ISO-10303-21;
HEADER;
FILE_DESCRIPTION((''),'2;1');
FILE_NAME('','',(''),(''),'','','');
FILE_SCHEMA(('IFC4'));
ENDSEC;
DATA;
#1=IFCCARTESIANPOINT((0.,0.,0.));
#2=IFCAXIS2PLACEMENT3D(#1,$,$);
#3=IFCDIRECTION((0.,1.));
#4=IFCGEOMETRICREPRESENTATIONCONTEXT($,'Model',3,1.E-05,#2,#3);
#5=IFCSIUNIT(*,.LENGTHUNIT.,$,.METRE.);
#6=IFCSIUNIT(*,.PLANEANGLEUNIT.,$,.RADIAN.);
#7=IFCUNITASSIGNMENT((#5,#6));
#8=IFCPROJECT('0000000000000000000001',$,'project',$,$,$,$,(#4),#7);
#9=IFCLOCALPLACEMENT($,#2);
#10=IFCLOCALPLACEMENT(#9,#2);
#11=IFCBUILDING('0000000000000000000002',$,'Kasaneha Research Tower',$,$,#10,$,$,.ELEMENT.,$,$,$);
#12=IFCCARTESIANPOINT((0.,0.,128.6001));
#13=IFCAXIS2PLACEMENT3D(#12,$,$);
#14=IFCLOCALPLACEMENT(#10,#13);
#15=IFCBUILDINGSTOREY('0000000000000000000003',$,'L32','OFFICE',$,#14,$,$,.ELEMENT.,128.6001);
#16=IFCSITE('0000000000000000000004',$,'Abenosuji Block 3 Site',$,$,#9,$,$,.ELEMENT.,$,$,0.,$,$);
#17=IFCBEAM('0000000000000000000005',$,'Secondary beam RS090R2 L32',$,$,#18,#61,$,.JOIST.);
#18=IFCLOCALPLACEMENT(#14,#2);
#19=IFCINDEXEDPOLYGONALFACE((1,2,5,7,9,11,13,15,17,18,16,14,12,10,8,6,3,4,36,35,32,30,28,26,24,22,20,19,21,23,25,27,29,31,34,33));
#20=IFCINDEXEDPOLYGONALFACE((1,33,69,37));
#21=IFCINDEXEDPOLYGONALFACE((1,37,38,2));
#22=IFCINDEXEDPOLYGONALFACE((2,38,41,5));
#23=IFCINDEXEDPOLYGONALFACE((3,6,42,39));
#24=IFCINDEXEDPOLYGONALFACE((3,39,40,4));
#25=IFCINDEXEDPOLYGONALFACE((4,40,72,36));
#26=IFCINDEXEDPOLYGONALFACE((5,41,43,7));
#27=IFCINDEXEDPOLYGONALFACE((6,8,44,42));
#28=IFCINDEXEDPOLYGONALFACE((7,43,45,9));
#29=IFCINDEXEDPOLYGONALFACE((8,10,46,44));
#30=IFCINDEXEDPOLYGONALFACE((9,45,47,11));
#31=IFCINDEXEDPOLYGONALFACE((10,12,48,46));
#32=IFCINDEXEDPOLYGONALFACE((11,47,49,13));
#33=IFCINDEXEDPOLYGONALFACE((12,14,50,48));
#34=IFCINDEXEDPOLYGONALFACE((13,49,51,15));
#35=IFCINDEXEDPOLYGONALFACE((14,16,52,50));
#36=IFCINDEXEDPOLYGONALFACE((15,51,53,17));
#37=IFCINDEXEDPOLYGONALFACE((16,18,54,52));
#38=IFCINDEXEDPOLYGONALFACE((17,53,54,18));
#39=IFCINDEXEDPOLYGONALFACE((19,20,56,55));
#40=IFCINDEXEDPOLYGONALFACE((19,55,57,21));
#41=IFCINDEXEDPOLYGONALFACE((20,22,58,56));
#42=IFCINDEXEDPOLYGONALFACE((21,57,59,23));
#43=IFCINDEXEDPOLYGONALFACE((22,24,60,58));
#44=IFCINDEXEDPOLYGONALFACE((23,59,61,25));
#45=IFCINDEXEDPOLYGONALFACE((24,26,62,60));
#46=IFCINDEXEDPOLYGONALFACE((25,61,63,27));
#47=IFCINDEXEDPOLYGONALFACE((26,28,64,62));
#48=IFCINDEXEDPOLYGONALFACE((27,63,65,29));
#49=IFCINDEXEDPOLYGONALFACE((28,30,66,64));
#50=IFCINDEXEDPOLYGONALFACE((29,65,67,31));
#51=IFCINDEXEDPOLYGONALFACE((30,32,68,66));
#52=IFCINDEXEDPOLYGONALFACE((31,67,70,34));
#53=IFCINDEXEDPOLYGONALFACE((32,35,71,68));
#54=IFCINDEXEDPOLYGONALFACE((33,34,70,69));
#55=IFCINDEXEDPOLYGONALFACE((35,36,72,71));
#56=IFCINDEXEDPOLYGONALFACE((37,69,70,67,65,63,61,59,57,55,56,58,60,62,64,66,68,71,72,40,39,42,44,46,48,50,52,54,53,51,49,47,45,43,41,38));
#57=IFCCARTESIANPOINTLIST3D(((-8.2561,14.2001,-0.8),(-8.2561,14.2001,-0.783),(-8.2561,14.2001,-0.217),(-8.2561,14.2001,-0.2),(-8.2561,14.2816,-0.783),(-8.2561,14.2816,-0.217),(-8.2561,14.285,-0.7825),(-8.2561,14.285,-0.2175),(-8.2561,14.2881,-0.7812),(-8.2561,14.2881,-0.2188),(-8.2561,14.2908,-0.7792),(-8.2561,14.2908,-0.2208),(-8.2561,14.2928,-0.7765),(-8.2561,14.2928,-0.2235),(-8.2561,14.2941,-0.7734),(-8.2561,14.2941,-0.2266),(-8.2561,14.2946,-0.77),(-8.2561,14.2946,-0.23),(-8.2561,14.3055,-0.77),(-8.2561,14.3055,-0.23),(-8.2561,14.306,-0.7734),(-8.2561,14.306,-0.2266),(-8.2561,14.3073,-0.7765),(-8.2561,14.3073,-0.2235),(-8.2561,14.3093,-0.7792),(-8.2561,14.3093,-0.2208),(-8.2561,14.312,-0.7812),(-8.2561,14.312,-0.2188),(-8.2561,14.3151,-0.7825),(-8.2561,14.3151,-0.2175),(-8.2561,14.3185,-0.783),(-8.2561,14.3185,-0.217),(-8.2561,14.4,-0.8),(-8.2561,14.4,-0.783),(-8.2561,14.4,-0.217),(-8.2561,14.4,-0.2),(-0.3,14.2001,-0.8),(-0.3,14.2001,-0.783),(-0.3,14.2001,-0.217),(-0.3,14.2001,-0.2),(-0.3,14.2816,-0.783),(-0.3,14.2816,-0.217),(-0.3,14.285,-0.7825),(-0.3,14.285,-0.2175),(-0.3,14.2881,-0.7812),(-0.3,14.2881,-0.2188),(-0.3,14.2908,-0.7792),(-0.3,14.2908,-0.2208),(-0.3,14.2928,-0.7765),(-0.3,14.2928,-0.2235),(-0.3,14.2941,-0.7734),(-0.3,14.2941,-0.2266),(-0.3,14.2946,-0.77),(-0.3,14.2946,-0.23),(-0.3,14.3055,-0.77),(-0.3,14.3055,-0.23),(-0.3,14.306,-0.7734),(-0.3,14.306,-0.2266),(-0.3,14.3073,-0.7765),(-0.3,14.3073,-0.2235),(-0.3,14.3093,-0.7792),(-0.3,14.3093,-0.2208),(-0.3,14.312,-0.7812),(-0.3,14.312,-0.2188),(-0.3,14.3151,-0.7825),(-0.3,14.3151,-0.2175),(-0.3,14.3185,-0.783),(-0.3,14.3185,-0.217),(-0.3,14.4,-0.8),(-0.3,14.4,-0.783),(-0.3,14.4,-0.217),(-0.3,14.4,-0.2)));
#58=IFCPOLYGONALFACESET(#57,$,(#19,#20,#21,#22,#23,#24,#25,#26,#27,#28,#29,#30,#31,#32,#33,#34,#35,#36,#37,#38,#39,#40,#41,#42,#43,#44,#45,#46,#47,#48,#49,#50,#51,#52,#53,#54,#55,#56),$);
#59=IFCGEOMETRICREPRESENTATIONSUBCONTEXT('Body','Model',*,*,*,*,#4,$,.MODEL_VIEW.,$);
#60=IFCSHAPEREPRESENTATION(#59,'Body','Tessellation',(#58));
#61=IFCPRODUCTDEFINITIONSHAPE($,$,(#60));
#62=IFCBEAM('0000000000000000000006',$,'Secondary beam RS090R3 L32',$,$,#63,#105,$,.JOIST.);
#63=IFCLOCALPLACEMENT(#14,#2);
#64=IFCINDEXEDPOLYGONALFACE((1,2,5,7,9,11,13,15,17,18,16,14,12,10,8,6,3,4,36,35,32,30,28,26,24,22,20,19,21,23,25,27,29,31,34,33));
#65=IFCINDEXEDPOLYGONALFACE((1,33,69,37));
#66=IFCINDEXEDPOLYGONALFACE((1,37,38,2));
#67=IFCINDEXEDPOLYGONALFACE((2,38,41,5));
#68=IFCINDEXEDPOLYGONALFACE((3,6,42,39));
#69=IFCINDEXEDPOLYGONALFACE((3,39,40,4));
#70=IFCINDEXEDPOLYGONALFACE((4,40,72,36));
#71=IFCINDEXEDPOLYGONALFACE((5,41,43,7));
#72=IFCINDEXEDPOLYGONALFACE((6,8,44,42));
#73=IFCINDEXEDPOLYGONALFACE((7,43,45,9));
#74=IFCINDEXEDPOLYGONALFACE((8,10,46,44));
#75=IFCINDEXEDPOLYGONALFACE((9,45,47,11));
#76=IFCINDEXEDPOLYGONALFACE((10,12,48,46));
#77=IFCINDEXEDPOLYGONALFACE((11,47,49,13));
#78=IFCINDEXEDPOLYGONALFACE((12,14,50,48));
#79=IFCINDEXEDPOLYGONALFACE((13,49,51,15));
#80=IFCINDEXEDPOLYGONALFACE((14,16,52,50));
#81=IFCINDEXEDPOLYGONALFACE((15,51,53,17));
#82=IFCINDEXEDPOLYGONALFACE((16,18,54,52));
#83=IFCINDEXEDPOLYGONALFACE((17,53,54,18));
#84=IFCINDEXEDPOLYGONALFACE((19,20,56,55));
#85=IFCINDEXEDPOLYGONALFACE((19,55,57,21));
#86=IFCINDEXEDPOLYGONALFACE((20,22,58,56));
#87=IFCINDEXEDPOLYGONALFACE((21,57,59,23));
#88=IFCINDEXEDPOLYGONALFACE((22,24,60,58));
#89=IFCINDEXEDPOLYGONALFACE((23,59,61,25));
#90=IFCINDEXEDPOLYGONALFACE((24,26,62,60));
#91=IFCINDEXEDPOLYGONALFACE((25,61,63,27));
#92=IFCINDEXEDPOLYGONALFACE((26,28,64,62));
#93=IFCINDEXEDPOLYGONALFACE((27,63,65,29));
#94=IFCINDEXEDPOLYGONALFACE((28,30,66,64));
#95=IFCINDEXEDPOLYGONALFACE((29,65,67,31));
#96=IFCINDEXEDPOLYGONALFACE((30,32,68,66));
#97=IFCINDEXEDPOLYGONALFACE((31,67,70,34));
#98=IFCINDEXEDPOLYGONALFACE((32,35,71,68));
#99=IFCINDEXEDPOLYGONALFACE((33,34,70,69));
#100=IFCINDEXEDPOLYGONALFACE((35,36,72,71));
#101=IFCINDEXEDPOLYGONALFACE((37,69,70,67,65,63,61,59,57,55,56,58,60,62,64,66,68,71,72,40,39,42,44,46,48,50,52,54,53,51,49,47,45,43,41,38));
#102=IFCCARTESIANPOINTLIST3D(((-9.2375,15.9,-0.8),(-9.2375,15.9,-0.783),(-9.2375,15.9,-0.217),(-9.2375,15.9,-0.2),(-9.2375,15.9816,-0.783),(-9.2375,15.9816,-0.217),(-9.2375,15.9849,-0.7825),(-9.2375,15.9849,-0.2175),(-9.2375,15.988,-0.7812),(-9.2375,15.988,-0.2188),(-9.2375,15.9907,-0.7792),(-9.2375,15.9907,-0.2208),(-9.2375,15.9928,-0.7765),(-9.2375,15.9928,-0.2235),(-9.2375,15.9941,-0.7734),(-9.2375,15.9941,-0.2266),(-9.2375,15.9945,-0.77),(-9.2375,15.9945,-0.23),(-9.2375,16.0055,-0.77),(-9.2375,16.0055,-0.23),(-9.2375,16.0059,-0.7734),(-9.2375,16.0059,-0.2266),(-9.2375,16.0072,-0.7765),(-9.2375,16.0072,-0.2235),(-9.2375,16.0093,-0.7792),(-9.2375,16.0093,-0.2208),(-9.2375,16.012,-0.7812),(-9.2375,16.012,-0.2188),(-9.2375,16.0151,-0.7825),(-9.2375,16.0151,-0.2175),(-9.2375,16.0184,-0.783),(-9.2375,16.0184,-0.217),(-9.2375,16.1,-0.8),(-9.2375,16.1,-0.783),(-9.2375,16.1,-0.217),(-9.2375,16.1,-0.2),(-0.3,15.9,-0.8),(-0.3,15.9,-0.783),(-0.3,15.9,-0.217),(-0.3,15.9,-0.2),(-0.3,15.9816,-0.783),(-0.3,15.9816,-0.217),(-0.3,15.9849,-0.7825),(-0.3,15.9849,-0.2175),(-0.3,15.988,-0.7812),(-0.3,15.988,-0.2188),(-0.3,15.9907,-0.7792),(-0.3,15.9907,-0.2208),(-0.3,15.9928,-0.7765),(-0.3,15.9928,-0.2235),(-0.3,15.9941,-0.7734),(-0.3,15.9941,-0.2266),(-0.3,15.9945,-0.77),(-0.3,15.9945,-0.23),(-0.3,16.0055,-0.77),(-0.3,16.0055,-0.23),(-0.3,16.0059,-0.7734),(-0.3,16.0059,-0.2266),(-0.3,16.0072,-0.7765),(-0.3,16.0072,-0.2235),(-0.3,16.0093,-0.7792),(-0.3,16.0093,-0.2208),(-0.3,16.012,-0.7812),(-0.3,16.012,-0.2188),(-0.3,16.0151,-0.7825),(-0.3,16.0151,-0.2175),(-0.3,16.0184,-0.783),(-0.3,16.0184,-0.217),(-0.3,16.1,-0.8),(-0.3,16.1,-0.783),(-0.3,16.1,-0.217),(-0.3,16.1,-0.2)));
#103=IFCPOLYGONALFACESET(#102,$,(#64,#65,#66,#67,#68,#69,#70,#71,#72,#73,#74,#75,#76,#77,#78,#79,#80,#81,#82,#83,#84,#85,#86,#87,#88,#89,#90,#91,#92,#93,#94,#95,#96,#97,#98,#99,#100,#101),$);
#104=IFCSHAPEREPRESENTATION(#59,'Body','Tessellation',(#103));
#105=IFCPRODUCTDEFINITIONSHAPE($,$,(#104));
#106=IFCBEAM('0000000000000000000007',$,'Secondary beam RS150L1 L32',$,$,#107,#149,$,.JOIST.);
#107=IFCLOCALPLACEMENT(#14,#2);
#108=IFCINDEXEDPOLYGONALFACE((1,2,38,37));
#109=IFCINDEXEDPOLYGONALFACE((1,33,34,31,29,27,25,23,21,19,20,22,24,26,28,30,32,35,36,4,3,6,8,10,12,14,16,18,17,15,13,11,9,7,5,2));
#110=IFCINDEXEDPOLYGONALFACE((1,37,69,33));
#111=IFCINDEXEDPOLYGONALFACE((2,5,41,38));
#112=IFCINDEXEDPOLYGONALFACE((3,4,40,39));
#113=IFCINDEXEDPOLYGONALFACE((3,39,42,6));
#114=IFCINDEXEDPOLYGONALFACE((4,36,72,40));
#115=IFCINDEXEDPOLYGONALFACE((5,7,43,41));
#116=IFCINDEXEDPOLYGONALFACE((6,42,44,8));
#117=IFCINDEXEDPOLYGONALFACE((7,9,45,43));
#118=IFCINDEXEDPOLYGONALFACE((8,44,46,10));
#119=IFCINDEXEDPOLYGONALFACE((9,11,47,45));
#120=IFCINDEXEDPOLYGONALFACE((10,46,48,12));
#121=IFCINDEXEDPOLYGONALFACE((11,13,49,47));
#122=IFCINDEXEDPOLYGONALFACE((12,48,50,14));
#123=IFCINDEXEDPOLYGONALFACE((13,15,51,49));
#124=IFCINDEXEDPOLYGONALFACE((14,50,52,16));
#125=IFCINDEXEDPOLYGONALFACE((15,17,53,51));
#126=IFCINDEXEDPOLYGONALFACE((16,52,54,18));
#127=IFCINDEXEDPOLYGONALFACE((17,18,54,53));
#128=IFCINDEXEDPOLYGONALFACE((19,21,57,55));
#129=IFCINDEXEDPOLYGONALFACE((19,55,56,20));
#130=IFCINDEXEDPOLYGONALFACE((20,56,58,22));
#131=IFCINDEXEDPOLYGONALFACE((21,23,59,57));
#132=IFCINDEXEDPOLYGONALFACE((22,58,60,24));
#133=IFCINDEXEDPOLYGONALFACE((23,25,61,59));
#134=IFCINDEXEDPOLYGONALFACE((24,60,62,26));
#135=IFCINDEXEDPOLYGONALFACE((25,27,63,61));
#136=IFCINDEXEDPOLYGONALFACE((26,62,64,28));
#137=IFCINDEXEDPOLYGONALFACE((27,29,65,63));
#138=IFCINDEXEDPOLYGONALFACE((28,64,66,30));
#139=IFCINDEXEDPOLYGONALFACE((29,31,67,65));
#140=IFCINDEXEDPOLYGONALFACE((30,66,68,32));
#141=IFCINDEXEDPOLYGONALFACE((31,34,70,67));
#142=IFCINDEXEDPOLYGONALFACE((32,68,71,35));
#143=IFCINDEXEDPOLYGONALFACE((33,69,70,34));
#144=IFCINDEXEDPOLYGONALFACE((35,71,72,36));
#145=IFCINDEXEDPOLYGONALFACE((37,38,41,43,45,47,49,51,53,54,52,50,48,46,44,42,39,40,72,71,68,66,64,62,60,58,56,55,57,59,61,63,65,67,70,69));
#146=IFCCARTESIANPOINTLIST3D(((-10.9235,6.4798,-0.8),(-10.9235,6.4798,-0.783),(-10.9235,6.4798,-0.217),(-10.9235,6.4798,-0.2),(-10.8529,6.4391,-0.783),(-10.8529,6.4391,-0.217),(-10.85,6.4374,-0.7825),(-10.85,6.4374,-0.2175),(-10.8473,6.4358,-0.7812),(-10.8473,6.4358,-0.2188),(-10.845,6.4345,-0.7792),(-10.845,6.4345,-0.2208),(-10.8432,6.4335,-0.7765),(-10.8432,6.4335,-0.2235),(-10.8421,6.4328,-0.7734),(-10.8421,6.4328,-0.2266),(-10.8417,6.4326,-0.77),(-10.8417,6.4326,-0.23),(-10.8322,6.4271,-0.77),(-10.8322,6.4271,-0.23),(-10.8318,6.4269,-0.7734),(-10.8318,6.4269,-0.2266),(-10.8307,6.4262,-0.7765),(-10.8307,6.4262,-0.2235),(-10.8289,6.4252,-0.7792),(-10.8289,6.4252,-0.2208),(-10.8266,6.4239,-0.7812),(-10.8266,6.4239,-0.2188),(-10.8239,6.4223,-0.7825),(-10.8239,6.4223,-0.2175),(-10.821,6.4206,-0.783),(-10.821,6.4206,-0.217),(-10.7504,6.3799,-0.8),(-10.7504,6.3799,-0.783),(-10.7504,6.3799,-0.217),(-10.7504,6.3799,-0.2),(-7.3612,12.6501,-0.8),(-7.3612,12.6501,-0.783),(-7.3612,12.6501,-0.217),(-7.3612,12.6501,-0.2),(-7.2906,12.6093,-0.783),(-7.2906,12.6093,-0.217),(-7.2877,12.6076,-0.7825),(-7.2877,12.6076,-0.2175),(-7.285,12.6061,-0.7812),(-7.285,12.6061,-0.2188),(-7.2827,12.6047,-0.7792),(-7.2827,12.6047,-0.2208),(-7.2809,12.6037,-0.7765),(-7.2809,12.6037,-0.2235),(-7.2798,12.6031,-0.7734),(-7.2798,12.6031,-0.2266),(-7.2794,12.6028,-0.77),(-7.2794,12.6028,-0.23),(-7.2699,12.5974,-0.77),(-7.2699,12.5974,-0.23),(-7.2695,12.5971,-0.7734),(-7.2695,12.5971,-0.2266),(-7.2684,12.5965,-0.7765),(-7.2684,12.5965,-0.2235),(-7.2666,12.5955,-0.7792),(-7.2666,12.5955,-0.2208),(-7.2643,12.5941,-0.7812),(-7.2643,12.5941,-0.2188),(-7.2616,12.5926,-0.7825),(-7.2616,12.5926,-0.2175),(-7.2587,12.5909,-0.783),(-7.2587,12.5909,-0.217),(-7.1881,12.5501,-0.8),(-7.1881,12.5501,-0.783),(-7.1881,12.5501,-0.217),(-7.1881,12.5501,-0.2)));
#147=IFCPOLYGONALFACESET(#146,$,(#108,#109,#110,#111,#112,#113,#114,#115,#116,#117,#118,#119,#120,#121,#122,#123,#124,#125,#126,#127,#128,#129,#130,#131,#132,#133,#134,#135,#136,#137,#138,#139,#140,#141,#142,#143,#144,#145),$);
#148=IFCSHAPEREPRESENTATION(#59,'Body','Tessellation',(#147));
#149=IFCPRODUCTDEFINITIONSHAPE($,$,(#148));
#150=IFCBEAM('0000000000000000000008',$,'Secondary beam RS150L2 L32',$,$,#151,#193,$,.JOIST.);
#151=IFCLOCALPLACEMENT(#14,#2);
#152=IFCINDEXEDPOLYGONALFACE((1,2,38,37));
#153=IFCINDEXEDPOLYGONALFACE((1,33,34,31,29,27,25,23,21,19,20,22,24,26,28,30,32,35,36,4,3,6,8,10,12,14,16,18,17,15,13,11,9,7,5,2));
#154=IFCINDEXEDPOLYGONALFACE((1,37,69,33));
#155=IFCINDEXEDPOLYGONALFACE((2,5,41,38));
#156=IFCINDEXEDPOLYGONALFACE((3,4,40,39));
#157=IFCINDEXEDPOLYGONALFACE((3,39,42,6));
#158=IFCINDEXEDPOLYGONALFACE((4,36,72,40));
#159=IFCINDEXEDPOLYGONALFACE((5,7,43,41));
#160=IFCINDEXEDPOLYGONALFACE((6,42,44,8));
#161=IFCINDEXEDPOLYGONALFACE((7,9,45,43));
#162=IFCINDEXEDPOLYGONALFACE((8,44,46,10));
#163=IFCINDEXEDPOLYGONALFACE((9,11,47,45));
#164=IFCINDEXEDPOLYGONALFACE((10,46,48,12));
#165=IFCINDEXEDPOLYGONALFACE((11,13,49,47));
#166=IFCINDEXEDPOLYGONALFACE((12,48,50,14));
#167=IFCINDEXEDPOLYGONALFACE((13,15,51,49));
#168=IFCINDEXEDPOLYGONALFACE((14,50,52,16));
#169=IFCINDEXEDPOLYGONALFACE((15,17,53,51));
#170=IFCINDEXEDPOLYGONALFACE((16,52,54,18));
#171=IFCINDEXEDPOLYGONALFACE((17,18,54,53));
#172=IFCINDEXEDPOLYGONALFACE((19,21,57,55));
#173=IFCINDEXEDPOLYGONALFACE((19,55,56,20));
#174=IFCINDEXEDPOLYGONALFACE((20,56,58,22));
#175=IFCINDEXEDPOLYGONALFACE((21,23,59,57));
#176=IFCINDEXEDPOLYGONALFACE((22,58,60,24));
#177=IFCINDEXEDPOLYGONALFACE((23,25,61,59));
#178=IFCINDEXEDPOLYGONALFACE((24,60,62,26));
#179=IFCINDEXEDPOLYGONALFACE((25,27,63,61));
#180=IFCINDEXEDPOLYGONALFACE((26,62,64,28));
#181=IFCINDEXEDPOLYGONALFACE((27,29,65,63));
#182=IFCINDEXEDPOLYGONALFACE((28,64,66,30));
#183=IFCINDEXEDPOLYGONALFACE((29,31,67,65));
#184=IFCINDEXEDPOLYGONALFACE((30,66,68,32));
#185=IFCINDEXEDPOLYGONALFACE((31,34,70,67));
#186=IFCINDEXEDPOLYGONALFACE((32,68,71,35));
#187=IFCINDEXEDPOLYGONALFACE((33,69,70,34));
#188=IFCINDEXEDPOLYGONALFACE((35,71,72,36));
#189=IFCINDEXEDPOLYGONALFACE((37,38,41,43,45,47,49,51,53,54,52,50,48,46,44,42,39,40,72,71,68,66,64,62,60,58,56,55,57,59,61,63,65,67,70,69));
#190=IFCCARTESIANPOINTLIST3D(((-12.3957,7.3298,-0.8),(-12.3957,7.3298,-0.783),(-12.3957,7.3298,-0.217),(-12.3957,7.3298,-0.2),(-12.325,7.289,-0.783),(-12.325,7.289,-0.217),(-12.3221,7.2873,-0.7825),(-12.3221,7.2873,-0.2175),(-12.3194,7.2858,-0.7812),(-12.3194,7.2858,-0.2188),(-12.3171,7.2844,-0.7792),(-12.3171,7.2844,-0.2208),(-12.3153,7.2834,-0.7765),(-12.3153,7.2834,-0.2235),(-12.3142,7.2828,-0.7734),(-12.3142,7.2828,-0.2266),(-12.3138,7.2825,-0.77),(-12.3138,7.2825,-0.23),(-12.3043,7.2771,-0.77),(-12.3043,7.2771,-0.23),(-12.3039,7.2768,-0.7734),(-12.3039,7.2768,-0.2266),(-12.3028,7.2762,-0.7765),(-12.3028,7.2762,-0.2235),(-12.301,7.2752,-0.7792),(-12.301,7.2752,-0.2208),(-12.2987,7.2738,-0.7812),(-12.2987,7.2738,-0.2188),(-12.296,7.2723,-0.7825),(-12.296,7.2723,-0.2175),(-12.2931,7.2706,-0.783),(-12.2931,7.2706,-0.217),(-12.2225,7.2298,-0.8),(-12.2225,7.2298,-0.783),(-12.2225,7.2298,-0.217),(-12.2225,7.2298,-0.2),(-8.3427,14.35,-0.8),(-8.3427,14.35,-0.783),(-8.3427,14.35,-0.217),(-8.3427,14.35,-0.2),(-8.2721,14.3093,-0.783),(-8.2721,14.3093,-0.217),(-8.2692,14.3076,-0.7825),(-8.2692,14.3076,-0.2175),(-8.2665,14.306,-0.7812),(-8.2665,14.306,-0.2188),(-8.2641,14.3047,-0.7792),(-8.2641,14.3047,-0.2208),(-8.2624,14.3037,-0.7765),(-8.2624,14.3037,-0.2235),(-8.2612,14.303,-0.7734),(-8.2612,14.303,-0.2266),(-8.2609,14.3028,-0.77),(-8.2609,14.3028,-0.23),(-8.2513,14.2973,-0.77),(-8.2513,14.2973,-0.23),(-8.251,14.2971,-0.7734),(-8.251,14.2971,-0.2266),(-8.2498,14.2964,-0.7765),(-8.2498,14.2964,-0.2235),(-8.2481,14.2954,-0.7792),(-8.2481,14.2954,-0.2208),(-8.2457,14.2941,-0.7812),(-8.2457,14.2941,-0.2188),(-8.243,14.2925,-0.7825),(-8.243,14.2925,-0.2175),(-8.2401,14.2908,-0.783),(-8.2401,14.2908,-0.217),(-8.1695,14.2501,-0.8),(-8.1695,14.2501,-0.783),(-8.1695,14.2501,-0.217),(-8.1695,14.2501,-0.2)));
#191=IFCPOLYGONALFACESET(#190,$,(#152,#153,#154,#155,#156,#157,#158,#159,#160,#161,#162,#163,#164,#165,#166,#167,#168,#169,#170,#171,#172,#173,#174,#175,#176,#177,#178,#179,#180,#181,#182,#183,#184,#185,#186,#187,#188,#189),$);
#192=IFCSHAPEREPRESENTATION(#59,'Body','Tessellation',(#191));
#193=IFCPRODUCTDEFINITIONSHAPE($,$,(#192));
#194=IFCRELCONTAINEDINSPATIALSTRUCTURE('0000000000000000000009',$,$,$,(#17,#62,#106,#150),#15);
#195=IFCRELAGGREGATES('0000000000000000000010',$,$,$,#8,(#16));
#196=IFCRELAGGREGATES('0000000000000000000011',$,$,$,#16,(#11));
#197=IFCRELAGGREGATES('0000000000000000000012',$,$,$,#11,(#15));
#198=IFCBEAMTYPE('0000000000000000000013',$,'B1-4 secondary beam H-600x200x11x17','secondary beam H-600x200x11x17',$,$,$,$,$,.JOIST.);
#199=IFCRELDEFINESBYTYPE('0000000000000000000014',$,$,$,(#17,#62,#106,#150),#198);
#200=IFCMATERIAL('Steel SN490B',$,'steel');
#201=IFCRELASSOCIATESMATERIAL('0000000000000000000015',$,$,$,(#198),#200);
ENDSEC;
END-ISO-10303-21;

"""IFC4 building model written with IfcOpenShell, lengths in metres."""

from ifc_helpers import new_model, si_unit, direction, frame, origin, origin_2d, place, context, subcontext, project, spatial, i_section, extrude, material, material_profile, profile_set, type_object, element, save


model = new_model("IFC4")

# Units and contexts
model_context = context("Model", 3, precision=1e-05, world=origin(), true_north=direction((0.0, 1.0)))
body_context = subcontext(model_context, "Body", "Model", "MODEL_VIEW")
ifc_project = project(units=[si_unit("LENGTHUNIT", "METRE"), si_unit("PLANEANGLEUNIT", "RADIAN")], contexts=[model_context])

# Site, building, storey
site_placement = place(None, origin())
site = spatial("IfcSite", under=ifc_project, at=site_placement, Name="Abenosuji Block 3 Site", CompositionType="ELEMENT", RefElevation=0.0)
building_placement = place(site_placement, origin())
building = spatial("IfcBuilding", under=site, at=building_placement, Name="Kasaneha Research Tower", CompositionType="ELEMENT")
storey_placement = place(building_placement, frame((0.0, 0.0, 128.6001)))
storey = spatial("IfcBuildingStorey", under=building, at=storey_placement, Name="L32", Description="OFFICE", CompositionType="ELEMENT", Elevation=128.6001)

# Beams
ifc_material_1 = material(Name="Steel SN490B", Category="steel")
ifc_material_profile_1 = material_profile(ifc_material_1, i_section(OverallWidth=0.2, OverallDepth=0.6001, WebThickness=0.011, FlangeThickness=0.0171, FilletRadius=0.0129, at=origin_2d()), Name="H-600x200x11x17")
ifc_profile_set_1 = profile_set([ifc_material_profile_1], Name="Steel SN490B")
beam_type_1 = type_object("IfcBeamType", Name="B1-4 secondary beam H-600x200x11x17", Description="secondary beam H-600x200x11x17", PredefinedType="JOIST", material=ifc_profile_set_1)
beam_1_placement = place(storey_placement, frame((-8.2561, 14.3, -0.5), z_axis=(1.0, 0.0, 0.0), x_axis=(0.0, 1.0, 0.0)))
element("IfcBeam", 1, at=beam_1_placement, inside=storey, type_object=beam_type_1, Name="Secondary beam RS090R2 L32", PredefinedType="JOIST", context=body_context, shape_type="SweptSolid", body=[
    extrude(i_section(OverallWidth=0.2, OverallDepth=0.6001, WebThickness=0.011, FlangeThickness=0.0171, FilletRadius=0.0129, at=origin_2d()), origin(), (0.0, 0.0, 1.0), 7.9561),
])
beam_2_placement = place(storey_placement, frame((-9.2375, 16.0, -0.5), z_axis=(1.0, 0.0, 0.0), x_axis=(0.0, 1.0, 0.0)))
element("IfcBeam", 2, at=beam_2_placement, inside=storey, type_object=beam_type_1, Name="Secondary beam RS090R3 L32", PredefinedType="JOIST", context=body_context, shape_type="SweptSolid", body=[
    extrude(i_section(OverallWidth=0.2, OverallDepth=0.6001, WebThickness=0.011, FlangeThickness=0.0171, FilletRadius=0.0129, at=origin_2d()), origin(), (0.0, 0.0, 1.0), 8.9375),
])
beam_3_placement = place(storey_placement, frame((-7.2747, 12.6001, -0.5), z_axis=(-0.49999, -0.866031, 0.0), x_axis=(0.866031, -0.49999, 0.0)))
element("IfcBeam", 3, at=beam_3_placement, inside=storey, type_object=beam_type_1, Name="Secondary beam RS150L1 L32", PredefinedType="JOIST", context=body_context, shape_type="SweptSolid", body=[
    extrude(i_section(OverallWidth=0.2, OverallDepth=0.6001, WebThickness=0.011, FlangeThickness=0.0171, FilletRadius=0.0129, at=origin_2d()), origin(), (0.0, 0.0, 1.0), 7.1248),
])
beam_4_placement = place(storey_placement, frame((-8.2561, 14.3, -0.5), z_axis=(-0.499984, -0.866035, 0.0), x_axis=(0.866035, -0.499984, 0.0)))
element("IfcBeam", 4, at=beam_4_placement, inside=storey, type_object=beam_type_1, Name="Secondary beam RS150L2 L32", PredefinedType="JOIST", context=body_context, shape_type="SweptSolid", body=[
    extrude(i_section(OverallWidth=0.2, OverallDepth=0.6001, WebThickness=0.011, FlangeThickness=0.0171, FilletRadius=0.0129, at=origin_2d()), origin(), (0.0, 0.0, 1.0), 8.1062),
])

save(model, "model.ifc")
